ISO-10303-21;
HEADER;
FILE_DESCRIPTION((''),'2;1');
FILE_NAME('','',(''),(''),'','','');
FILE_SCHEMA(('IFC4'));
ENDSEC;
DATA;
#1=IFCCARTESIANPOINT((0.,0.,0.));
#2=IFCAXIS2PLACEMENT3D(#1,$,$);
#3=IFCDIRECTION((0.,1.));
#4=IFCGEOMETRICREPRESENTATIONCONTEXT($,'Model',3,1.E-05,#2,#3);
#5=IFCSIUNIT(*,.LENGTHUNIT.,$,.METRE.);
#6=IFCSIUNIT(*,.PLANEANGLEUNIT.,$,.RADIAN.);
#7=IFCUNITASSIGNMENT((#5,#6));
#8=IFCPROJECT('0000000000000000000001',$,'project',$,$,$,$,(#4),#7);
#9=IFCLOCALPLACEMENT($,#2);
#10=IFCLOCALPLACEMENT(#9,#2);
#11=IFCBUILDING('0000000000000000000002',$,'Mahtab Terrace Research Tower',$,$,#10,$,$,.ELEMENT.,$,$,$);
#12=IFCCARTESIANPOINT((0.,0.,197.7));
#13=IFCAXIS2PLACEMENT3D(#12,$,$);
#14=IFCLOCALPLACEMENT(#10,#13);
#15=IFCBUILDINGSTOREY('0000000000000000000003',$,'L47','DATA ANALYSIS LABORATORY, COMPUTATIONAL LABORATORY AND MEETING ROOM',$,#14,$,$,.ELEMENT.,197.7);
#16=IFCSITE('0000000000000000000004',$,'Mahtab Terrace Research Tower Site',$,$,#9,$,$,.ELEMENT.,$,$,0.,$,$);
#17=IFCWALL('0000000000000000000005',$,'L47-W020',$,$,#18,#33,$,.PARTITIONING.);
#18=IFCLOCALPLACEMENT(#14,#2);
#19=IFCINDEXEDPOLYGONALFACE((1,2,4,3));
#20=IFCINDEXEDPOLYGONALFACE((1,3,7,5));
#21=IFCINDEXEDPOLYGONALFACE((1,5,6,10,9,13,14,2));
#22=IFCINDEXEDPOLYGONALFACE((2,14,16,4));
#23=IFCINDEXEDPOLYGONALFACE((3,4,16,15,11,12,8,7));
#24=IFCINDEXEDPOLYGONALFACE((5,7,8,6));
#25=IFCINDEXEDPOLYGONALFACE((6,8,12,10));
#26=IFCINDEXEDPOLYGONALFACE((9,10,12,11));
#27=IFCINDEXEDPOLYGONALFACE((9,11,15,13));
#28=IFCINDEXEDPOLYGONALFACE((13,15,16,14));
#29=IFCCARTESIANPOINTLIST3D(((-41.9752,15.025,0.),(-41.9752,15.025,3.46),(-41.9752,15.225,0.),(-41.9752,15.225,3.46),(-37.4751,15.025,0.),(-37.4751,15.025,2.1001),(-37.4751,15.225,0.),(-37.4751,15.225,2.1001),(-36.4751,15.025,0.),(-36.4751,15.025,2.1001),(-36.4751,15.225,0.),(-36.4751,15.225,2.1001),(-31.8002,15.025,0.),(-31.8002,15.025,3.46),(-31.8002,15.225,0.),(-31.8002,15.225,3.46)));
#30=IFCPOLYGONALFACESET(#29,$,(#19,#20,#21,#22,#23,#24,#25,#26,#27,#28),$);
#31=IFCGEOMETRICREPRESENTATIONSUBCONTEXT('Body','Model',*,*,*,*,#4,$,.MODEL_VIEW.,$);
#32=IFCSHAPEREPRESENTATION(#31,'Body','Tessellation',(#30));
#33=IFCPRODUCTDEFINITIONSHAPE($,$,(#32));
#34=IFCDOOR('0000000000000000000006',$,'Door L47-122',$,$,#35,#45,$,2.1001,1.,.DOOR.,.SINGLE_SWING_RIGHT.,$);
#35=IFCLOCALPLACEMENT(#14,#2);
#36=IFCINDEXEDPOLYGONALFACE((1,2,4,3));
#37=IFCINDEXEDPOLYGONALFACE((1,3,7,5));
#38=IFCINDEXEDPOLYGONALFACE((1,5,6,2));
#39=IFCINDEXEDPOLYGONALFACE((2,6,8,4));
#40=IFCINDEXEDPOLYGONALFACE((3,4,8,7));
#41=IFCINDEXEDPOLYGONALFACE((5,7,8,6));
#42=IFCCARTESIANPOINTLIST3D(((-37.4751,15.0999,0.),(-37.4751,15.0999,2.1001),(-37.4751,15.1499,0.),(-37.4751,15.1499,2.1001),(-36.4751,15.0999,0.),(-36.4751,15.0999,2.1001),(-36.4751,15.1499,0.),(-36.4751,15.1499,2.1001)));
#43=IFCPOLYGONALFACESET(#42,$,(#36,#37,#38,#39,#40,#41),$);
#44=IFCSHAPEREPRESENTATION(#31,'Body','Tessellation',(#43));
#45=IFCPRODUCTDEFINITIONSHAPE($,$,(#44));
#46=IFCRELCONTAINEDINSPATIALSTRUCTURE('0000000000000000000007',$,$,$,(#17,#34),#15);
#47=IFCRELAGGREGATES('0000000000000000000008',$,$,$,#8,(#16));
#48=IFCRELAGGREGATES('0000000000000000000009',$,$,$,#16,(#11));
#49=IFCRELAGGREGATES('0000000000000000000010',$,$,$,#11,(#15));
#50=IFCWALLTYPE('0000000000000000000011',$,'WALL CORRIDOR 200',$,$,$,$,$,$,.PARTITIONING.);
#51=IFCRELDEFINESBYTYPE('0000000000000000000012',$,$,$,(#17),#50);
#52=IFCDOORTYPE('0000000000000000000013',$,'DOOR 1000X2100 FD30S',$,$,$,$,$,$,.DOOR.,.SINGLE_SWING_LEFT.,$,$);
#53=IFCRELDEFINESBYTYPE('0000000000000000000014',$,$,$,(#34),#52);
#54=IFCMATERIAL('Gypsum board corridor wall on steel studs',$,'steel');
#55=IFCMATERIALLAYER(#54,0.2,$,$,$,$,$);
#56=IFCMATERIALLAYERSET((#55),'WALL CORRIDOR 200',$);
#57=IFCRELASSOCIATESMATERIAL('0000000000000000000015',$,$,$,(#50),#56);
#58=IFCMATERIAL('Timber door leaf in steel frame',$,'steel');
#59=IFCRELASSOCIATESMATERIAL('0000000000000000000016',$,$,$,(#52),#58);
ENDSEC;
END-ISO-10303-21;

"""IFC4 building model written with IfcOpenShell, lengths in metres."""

from ifc_helpers import new_model, si_unit, direction, frame, frame_2d, origin, place, context, subcontext, project, spatial, rectangle, extrude, material, layer, layer_set, type_object, element, fill, save


model = new_model("IFC4")

# Units and contexts
model_context = context("Model", 3, precision=1e-05, world=origin(), true_north=direction((0.0, 1.0)))
body_context = subcontext(model_context, "Body", "Model", "MODEL_VIEW")
ifc_project = project(units=[si_unit("LENGTHUNIT", "METRE"), si_unit("PLANEANGLEUNIT", "RADIAN")], contexts=[model_context])

# Site, building, storey
site_placement = place(None, origin())
site = spatial("IfcSite", under=ifc_project, at=site_placement, Name="Mahtab Terrace Research Tower Site", CompositionType="ELEMENT", RefElevation=0.0)
building_placement = place(site_placement, origin())
building = spatial("IfcBuilding", under=site, at=building_placement, Name="Mahtab Terrace Research Tower", CompositionType="ELEMENT")
storey_placement = place(building_placement, frame((0.0, 0.0, 197.7)))
storey = spatial("IfcBuildingStorey", under=building, at=storey_placement, Name="L47", Description="DATA ANALYSIS LABORATORY, COMPUTATIONAL LABORATORY AND MEETING ROOM", CompositionType="ELEMENT", Elevation=197.7)

# Wall, opening, door
ifc_material_1 = material(Name="Gypsum board corridor wall on steel studs", Category="steel")
ifc_layer_1 = layer(ifc_material_1, 0.2)
ifc_layer_set_1 = layer_set([ifc_layer_1], Name="WALL CORRIDOR 200")
wall_type = type_object("IfcWallType", Name="WALL CORRIDOR 200", PredefinedType="PARTITIONING", material=ifc_layer_set_1)
wall_placement = place(storey_placement, frame((-41.9751, 15.125, 0.0), z_axis=(0.0, 0.0, 1.0), x_axis=(1.0, 0.0, 0.0)))
wall = element("IfcWall", 1, at=wall_placement, inside=storey, type_object=wall_type, Name="L47-W020", PredefinedType="PARTITIONING", context=body_context, shape_type="SweptSolid", body=[
    extrude(rectangle(XDim=10.175, YDim=0.2, at=frame_2d((5.0874, 0.0))), origin(), (0.0, 0.0, 1.0), 3.46),
])
opening_placement = place(wall_placement, frame((4.5, 0.0, 0.0)))
opening = element("IfcOpeningElement", 2, at=opening_placement, cuts=wall, PredefinedType="OPENING", context=body_context, shape_type="SweptSolid", body=[
    extrude(rectangle(XDim=1.0, YDim=2.1001, at=frame_2d((0.5, 1.05))), frame((0.0, 0.1099, 0.0), z_axis=(0.0, -1.0, 0.0), x_axis=(1.0, 0.0, 0.0)), (0.0, 0.0, 1.0), 0.22),
])
ifc_material_2 = material(Name="Timber door leaf in steel frame", Category="steel")
door_type = type_object("IfcDoorType", Name="DOOR 1000X2100 FD30S", OperationType="SINGLE_SWING_LEFT", PredefinedType="DOOR", material=ifc_material_2)
door_placement = place(opening_placement, origin())
door = element("IfcDoor", 3, at=door_placement, inside=storey, type_object=door_type, Name="Door L47-122", OperationType="SINGLE_SWING_RIGHT", OverallHeight=2.1001, OverallWidth=1.0, PredefinedType="DOOR", context=body_context, shape_type="SweptSolid", body=[
    extrude(rectangle(XDim=1.0, YDim=2.1001, at=frame_2d((0.5, 1.05))), frame((0.0, 0.0249, 0.0), z_axis=(0.0, -1.0, 0.0), x_axis=(1.0, 0.0, 0.0)), (0.0, 0.0, 1.0), 0.05),
])
fill(opening, door)

save(model, "model.ifc")
